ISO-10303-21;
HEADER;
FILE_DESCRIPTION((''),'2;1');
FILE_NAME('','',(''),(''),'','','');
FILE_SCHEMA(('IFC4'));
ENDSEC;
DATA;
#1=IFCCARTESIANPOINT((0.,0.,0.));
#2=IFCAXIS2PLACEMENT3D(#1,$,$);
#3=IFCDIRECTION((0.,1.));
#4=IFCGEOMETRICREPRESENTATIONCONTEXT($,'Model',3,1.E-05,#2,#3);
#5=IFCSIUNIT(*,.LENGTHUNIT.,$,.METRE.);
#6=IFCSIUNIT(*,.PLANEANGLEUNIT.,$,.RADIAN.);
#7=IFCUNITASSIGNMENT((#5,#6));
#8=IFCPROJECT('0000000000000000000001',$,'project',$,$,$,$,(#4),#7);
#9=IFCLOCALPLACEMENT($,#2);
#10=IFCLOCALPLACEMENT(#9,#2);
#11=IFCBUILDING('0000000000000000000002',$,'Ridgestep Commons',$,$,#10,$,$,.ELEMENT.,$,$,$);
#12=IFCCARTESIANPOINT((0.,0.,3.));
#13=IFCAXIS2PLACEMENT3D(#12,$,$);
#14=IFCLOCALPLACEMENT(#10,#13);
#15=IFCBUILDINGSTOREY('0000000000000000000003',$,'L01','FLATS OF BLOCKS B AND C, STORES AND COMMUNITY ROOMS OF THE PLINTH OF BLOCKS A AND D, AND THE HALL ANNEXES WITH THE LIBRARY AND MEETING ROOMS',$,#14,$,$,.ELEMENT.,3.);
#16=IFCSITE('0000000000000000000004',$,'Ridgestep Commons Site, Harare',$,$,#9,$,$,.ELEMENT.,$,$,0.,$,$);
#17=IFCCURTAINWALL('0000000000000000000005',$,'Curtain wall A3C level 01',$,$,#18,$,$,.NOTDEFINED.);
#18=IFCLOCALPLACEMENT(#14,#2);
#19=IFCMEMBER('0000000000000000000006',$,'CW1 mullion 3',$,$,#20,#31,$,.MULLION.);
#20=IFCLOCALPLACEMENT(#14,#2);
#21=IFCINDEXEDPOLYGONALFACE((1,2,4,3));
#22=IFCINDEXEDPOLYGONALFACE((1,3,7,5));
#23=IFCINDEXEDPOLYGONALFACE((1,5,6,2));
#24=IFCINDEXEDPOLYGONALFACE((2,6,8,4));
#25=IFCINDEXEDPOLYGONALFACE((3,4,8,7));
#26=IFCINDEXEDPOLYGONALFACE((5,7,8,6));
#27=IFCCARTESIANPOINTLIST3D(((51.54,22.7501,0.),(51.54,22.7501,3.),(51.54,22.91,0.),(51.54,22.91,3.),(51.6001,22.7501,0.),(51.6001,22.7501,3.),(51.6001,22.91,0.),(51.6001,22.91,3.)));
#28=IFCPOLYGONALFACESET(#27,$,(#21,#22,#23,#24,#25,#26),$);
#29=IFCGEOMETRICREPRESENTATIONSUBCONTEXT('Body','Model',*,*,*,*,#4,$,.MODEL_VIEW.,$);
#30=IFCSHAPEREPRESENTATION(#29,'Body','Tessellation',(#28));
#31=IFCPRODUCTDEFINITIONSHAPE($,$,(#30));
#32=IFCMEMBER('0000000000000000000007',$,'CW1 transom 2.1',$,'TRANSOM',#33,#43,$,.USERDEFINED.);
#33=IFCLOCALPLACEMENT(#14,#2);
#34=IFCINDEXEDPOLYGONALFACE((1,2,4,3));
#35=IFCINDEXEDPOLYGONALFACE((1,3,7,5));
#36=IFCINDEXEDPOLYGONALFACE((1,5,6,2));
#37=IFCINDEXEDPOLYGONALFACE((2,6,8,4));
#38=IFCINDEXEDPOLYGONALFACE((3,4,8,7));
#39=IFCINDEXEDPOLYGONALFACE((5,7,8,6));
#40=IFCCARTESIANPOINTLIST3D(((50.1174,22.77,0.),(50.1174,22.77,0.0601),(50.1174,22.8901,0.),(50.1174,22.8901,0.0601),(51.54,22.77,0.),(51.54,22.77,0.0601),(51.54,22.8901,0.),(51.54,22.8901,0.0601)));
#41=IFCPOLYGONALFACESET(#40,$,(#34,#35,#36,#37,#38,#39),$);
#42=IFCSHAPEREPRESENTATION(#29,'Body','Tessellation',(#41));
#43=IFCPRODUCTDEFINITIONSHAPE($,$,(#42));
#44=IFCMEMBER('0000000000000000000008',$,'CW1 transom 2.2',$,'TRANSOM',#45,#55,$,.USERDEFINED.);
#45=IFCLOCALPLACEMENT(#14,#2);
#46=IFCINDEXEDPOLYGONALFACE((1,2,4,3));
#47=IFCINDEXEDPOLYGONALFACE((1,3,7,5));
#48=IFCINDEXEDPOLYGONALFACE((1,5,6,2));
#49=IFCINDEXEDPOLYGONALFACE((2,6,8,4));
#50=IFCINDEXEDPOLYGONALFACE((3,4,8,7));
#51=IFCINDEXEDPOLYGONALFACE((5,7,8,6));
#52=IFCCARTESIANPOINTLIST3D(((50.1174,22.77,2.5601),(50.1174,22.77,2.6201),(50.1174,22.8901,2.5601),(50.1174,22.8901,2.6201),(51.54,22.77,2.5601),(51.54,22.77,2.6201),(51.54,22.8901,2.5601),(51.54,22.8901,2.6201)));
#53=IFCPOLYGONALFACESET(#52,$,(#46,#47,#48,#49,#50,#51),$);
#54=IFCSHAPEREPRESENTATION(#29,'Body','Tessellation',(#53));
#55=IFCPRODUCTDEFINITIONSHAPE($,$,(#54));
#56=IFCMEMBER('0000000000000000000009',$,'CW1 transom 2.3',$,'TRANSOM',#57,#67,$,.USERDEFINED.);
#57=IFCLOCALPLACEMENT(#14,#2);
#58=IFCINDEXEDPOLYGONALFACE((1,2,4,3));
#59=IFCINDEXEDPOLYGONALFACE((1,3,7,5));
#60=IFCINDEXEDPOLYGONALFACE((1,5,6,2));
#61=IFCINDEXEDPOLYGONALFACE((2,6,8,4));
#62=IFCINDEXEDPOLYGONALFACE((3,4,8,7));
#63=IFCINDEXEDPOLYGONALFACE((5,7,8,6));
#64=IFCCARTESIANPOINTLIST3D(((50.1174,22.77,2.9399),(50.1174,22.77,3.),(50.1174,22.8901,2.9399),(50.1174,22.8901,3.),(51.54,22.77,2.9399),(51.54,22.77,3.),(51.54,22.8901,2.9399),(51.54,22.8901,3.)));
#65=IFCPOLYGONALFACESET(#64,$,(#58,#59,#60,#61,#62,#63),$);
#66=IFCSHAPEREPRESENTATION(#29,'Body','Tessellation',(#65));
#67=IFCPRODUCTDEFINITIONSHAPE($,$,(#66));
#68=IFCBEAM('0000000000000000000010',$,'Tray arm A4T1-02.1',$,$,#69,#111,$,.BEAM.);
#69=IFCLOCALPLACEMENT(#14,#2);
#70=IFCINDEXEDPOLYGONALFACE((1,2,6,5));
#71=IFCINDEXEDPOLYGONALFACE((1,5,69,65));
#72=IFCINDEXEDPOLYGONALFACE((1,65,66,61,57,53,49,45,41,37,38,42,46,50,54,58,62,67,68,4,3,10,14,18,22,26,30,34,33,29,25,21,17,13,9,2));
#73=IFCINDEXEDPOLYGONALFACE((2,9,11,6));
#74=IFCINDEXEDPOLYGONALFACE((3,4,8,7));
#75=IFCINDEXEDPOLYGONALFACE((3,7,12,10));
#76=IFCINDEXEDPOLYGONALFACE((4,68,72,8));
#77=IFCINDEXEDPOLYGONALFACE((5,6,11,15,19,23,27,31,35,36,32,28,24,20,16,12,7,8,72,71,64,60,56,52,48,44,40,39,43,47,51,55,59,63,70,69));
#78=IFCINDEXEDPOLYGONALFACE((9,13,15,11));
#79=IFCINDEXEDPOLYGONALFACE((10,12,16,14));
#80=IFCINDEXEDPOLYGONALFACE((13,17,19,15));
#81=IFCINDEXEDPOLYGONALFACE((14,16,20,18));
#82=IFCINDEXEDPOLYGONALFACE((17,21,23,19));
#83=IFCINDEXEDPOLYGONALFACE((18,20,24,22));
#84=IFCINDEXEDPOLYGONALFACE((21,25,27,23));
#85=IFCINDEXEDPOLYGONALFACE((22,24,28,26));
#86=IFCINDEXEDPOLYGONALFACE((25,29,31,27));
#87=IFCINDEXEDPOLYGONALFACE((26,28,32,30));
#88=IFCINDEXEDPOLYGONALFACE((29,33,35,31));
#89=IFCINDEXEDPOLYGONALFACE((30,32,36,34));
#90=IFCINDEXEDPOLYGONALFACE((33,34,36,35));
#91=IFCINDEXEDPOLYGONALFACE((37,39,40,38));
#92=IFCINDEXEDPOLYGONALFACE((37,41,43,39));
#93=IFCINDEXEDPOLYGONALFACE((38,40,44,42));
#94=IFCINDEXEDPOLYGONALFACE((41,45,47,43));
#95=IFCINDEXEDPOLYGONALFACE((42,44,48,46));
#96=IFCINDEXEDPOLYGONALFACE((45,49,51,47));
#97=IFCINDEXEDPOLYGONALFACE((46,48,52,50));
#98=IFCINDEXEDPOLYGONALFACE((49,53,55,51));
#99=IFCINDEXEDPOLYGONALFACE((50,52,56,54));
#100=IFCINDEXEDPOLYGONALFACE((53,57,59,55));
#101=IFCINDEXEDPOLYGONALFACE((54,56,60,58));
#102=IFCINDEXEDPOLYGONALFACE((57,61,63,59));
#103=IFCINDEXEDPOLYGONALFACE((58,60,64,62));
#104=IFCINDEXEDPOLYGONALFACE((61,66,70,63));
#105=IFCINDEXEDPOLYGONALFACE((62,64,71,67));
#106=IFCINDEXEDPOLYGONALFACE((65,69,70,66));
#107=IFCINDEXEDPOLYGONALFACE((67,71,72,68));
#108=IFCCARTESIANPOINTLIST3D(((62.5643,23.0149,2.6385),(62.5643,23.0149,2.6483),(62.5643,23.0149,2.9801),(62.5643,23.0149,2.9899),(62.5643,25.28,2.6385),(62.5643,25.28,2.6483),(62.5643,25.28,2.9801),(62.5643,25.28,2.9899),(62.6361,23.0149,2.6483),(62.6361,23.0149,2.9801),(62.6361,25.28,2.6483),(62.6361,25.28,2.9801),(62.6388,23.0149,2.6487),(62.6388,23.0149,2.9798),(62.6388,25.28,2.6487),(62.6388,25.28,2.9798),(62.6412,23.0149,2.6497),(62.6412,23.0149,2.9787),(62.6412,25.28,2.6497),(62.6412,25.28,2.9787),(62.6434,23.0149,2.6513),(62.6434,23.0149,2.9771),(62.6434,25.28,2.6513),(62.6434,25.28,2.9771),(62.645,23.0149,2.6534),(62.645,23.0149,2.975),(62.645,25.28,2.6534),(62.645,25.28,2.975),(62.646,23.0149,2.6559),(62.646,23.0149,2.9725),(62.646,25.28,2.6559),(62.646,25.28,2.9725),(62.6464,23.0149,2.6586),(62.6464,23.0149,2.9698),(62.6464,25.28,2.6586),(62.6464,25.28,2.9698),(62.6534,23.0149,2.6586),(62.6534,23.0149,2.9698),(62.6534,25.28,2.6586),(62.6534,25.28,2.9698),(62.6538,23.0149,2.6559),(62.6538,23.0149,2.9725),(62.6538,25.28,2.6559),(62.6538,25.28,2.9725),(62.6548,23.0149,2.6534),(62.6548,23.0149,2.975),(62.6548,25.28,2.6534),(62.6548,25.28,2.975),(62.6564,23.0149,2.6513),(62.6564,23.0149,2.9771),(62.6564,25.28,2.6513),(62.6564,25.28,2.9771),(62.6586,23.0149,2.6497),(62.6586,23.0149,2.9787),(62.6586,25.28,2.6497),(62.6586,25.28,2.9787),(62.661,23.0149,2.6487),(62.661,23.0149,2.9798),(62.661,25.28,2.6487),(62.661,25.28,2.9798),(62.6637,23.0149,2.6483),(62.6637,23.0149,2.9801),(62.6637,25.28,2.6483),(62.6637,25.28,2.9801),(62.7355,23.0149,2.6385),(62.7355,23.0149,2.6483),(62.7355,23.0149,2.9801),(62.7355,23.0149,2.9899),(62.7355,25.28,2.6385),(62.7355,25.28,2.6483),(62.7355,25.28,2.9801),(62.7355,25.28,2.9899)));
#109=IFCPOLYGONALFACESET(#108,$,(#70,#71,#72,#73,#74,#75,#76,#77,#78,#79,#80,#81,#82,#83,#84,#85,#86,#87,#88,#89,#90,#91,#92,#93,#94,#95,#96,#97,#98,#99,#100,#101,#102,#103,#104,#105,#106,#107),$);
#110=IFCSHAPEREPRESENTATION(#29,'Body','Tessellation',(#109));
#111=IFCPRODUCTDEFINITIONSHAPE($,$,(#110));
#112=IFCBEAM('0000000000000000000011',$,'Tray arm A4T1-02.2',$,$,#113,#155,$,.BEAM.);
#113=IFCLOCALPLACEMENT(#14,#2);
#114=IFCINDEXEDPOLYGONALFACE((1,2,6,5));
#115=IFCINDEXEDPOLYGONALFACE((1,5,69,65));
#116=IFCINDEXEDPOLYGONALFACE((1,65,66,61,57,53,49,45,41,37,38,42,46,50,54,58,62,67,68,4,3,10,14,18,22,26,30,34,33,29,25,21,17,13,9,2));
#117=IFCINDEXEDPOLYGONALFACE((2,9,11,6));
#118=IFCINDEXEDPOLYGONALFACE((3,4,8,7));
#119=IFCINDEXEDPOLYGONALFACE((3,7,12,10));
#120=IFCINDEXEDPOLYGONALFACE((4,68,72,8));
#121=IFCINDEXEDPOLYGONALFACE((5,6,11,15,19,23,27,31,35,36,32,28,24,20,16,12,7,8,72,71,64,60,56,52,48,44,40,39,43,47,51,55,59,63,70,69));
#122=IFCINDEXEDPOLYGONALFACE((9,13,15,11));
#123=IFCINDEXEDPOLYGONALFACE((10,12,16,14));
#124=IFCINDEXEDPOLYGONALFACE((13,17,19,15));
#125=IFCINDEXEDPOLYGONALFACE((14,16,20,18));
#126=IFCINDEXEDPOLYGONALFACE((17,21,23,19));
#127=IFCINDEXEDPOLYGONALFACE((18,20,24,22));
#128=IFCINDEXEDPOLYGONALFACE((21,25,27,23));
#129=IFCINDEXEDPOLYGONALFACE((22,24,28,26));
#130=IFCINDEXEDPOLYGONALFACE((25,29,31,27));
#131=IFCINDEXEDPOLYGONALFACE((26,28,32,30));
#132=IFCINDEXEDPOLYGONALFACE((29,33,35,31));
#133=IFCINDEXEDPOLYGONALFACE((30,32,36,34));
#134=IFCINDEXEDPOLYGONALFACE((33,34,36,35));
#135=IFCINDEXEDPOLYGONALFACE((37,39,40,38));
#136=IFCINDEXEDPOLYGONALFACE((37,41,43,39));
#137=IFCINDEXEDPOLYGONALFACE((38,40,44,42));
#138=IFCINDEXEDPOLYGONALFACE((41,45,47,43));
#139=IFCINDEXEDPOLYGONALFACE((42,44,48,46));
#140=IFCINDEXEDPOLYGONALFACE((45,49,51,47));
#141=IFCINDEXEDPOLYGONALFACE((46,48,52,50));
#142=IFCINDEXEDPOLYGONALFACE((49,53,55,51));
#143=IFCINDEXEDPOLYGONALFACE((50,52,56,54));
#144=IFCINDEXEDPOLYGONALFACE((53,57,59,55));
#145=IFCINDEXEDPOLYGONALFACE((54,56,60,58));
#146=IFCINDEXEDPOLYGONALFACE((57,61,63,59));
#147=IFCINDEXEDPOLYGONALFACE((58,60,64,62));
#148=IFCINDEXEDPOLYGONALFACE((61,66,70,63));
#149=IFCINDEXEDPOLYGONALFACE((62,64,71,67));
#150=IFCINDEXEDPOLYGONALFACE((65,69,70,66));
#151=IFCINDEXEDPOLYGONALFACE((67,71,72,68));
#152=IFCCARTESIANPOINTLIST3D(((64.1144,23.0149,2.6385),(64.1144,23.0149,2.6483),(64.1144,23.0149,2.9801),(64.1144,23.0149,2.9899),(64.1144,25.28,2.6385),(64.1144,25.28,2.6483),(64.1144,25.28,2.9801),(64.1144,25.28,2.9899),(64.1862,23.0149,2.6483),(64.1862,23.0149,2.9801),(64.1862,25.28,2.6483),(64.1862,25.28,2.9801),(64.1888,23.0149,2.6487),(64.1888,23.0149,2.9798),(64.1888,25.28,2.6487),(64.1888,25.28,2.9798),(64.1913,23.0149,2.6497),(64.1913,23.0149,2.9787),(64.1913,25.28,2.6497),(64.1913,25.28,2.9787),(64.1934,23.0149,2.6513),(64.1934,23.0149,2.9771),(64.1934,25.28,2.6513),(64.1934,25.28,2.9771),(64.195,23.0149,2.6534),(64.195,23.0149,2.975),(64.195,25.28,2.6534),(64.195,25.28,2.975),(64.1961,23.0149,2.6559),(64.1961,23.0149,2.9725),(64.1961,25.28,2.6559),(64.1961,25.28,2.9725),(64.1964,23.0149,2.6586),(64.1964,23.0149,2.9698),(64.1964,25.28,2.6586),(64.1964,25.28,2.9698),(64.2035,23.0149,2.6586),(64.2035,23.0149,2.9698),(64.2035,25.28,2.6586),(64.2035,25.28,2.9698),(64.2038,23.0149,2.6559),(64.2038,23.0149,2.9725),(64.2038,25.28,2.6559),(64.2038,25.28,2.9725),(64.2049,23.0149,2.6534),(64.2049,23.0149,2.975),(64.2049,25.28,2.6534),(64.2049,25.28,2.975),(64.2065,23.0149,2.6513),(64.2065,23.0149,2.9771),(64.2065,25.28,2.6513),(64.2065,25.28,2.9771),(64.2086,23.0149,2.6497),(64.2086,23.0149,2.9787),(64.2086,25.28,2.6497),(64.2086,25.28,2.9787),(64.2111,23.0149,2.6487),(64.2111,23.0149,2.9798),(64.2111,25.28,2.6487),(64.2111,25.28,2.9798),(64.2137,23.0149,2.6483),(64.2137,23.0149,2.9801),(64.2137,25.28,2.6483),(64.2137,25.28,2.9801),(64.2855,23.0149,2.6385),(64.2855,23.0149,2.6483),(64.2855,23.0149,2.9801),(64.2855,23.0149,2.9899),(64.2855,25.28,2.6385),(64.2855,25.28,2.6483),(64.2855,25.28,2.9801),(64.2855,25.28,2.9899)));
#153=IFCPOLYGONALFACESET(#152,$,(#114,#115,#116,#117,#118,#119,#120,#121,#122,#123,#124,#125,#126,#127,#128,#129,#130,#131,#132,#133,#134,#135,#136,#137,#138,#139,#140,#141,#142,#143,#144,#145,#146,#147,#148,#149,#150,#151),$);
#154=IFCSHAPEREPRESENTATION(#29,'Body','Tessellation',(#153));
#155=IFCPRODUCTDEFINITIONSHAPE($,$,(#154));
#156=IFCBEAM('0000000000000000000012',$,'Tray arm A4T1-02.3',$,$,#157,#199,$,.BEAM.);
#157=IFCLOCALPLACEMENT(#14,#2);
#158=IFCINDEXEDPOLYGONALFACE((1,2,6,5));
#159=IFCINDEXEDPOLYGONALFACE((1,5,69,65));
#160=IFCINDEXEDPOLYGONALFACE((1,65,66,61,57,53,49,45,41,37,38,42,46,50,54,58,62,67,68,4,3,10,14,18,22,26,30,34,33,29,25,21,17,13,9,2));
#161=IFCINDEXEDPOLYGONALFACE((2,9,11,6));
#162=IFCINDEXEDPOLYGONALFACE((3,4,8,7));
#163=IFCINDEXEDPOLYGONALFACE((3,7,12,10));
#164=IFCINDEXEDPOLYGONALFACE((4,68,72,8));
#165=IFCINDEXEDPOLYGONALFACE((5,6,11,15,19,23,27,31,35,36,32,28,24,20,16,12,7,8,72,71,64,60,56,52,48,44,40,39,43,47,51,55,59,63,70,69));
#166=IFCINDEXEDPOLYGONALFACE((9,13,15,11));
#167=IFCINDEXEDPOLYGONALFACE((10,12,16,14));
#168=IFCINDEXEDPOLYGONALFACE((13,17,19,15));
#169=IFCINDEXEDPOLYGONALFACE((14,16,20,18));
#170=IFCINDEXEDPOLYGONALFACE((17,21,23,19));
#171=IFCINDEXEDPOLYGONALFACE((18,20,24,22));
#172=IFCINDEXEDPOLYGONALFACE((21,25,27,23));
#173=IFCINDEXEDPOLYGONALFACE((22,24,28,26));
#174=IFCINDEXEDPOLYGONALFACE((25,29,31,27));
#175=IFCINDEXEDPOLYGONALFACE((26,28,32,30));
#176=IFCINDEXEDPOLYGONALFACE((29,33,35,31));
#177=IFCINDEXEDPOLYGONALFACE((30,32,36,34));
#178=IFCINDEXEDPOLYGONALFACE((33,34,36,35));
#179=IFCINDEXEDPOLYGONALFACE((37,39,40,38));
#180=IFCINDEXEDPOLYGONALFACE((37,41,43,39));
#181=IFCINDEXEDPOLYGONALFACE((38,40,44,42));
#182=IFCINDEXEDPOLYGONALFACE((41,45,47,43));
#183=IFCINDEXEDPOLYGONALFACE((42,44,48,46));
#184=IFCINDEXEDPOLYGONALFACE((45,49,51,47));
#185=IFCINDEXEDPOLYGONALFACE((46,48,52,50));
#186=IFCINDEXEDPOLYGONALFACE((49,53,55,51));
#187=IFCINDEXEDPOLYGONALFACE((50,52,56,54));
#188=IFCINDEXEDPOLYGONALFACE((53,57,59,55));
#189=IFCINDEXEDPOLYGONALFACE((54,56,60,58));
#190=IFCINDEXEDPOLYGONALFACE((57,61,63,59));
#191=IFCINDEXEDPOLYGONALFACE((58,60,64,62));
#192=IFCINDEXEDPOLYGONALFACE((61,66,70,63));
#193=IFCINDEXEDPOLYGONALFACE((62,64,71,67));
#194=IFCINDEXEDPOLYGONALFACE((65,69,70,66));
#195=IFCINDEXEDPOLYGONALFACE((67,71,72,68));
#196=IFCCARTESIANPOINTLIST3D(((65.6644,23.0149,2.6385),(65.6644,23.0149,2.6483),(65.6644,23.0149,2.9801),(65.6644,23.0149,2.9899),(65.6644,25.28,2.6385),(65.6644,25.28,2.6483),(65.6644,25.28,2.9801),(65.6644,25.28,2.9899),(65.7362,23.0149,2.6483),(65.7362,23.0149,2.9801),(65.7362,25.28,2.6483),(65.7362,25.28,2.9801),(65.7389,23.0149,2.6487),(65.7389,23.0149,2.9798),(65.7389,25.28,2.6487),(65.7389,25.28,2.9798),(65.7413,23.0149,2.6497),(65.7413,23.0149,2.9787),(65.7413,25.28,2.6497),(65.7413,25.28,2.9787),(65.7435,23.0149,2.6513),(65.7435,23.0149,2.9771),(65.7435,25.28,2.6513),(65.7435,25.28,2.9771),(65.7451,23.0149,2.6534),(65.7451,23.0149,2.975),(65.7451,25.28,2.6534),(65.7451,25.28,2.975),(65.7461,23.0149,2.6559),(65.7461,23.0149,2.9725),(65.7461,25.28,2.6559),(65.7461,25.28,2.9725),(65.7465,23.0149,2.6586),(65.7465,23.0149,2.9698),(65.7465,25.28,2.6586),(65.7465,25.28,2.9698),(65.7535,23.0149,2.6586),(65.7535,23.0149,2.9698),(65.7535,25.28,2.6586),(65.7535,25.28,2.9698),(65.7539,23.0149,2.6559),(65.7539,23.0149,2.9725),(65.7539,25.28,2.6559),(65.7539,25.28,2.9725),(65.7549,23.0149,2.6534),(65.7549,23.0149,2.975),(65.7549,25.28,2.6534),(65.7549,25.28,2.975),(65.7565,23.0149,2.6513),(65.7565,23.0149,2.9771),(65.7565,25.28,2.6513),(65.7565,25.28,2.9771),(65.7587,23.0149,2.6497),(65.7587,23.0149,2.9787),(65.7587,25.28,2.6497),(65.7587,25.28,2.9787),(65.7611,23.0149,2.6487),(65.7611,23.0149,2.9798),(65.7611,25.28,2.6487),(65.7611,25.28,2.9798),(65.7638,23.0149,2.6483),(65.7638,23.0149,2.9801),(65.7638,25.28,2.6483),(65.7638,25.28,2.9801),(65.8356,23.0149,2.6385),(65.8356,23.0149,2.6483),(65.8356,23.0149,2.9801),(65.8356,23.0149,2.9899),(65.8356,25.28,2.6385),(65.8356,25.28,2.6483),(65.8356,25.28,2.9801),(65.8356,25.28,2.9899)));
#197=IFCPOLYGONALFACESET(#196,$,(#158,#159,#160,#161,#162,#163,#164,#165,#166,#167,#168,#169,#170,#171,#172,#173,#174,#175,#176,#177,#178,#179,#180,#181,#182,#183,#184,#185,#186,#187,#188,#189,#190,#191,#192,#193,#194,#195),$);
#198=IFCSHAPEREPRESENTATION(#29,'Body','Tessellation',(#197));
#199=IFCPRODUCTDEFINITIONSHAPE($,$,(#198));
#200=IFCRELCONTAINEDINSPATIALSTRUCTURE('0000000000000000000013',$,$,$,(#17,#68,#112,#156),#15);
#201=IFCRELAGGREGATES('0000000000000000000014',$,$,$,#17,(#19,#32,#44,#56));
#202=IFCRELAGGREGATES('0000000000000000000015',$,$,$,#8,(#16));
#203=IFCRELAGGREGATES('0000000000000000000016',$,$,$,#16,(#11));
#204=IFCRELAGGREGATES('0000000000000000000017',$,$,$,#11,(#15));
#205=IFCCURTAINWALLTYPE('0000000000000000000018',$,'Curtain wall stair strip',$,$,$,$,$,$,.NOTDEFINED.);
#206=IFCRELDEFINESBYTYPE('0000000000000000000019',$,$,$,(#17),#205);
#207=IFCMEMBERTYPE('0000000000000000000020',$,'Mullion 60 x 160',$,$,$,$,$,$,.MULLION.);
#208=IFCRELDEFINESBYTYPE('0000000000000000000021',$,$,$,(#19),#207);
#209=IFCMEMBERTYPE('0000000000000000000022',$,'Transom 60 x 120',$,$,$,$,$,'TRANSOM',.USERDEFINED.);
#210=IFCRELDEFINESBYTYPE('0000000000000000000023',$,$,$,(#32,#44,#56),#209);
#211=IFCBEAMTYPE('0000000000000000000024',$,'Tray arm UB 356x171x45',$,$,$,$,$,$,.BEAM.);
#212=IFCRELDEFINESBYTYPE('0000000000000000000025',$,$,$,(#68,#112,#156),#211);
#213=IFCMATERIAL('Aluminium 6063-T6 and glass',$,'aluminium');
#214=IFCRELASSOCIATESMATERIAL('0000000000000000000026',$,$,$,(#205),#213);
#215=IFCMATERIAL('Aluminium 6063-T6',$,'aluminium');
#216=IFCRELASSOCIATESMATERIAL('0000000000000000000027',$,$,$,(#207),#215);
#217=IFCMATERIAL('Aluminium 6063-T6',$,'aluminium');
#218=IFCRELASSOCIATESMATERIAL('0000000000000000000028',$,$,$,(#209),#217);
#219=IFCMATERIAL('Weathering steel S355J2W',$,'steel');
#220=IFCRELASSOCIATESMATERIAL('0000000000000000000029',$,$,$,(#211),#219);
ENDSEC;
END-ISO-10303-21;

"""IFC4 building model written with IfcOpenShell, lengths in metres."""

from ifc_helpers import new_model, si_unit, direction, frame, origin, origin_2d, place, context, subcontext, project, spatial, rectangle, i_section, extrude, material, material_profile, profile_set, type_object, element, aggregate, save


model = new_model("IFC4")

# Units and contexts
model_context = context("Model", 3, precision=1e-05, world=origin(), true_north=direction((0.0, 1.0)))
body_context = subcontext(model_context, "Body", "Model", "MODEL_VIEW")
ifc_project = project(units=[si_unit("LENGTHUNIT", "METRE"), si_unit("PLANEANGLEUNIT", "RADIAN")], contexts=[model_context])

# Site, building, storey
site_placement = place(None, origin())
site = spatial("IfcSite", under=ifc_project, at=site_placement, Name="Ridgestep Commons Site, Harare", CompositionType="ELEMENT", RefElevation=0.0)
building_placement = place(site_placement, origin())
building = spatial("IfcBuilding", under=site, at=building_placement, Name="Ridgestep Commons", CompositionType="ELEMENT")
storey_placement = place(building_placement, frame((0.0, 0.0, 3.0)))
storey = spatial("IfcBuildingStorey", under=building, at=storey_placement, Name="L01", Description="FLATS OF BLOCKS B AND C, STORES AND COMMUNITY ROOMS OF THE PLINTH OF BLOCKS A AND D, AND THE HALL ANNEXES WITH THE LIBRARY AND MEETING ROOMS", CompositionType="ELEMENT", Elevation=3.0)

# Curtain wall, members
ifc_material_1 = material(Name="Aluminium 6063-T6 and glass", Category="aluminium")
curtain_wall_type = type_object("IfcCurtainWallType", Name="Curtain wall stair strip", PredefinedType="NOTDEFINED", material=ifc_material_1)
curtain_wall_placement = place(storey_placement, origin())
curtain_wall = element("IfcCurtainWall", 1, at=curtain_wall_placement, inside=storey, type_object=curtain_wall_type, Name="Curtain wall A3C level 01", PredefinedType="NOTDEFINED")
ifc_material_2 = material(Name="Aluminium 6063-T6", Category="aluminium")
ifc_material_profile_1 = material_profile(ifc_material_2, rectangle(XDim=0.1599, YDim=0.0601, at=origin_2d()), Name="Mullion 60 x 160")
ifc_profile_set_1 = profile_set([ifc_material_profile_1], Name="Aluminium 6063-T6")
member_type_1 = type_object("IfcMemberType", Name="Mullion 60 x 160", PredefinedType="MULLION", material=ifc_profile_set_1)
member_1_placement = place(storey_placement, frame((51.5701, 22.8301, 0.0), z_axis=(0.0, 0.0, 1.0), x_axis=(0.0, 1.0, 0.0)))
member_1 = element("IfcMember", 2, at=member_1_placement, type_object=member_type_1, Name="CW1 mullion 3", PredefinedType="MULLION", context=body_context, shape_type="SweptSolid", body=[
    extrude(rectangle(XDim=0.1599, YDim=0.0601, at=origin_2d()), origin(), (0.0, 0.0, 1.0), 3.0),
])
ifc_material_3 = material(Name="Aluminium 6063-T6", Category="aluminium")
ifc_material_profile_2 = material_profile(ifc_material_3, rectangle(XDim=0.1201, YDim=0.0601, at=origin_2d()), Name="Transom 60 x 120")
ifc_profile_set_2 = profile_set([ifc_material_profile_2], Name="Aluminium 6063-T6")
member_type_2 = type_object("IfcMemberType", Name="Transom 60 x 120", ElementType="TRANSOM", PredefinedType="USERDEFINED", material=ifc_profile_set_2)
member_2_placement = place(storey_placement, frame((50.1174, 22.8301, 0.03), z_axis=(1.0, 0.0, 0.0), x_axis=(0.0, 1.0, 0.0)))
member_2 = element("IfcMember", 3, at=member_2_placement, type_object=member_type_2, Name="CW1 transom 2.1", ObjectType="TRANSOM", PredefinedType="USERDEFINED", context=body_context, shape_type="SweptSolid", body=[
    extrude(rectangle(XDim=0.1201, YDim=0.0601, at=origin_2d()), origin(), (0.0, 0.0, 1.0), 1.4226),
])
member_3_placement = place(storey_placement, frame((50.1174, 22.8301, 2.5901), z_axis=(1.0, 0.0, 0.0), x_axis=(0.0, 1.0, 0.0)))
member_3 = element("IfcMember", 4, at=member_3_placement, type_object=member_type_2, Name="CW1 transom 2.2", ObjectType="TRANSOM", PredefinedType="USERDEFINED", context=body_context, shape_type="SweptSolid", body=[
    extrude(rectangle(XDim=0.1201, YDim=0.0601, at=origin_2d()), origin(), (0.0, 0.0, 1.0), 1.4226),
])
member_4_placement = place(storey_placement, frame((50.1174, 22.8301, 2.97), z_axis=(1.0, 0.0, 0.0), x_axis=(0.0, 1.0, 0.0)))
member_4 = element("IfcMember", 5, at=member_4_placement, type_object=member_type_2, Name="CW1 transom 2.3", ObjectType="TRANSOM", PredefinedType="USERDEFINED", context=body_context, shape_type="SweptSolid", body=[
    extrude(rectangle(XDim=0.1201, YDim=0.0601, at=origin_2d()), origin(), (0.0, 0.0, 1.0), 1.4226),
])

# Beams
ifc_material_4 = material(Name="Weathering steel S355J2W", Category="steel")
ifc_material_profile_3 = material_profile(ifc_material_4, i_section(OverallWidth=0.1711, OverallDepth=0.3513, WebThickness=0.0071, FlangeThickness=0.0098, FilletRadius=0.0103, at=origin_2d()), Name="UB 356x171x45")
ifc_profile_set_3 = profile_set([ifc_material_profile_3], Name="Weathering steel S355J2W")
beam_type_1 = type_object("IfcBeamType", Name="Tray arm UB 356x171x45", PredefinedType="BEAM", material=ifc_profile_set_3)
for number, where, z_axis, x_axis, name in (
    (6, (62.6499, 23.0149, 2.8142), (0.0, 1.0, 0.0), (-1.0, 0.0, 0.0), "Tray arm A4T1-02.1"),
    (7, (64.2, 23.0149, 2.8142), (0.0, 1.0, 0.0), (-1.0, 0.0, 0.0), "Tray arm A4T1-02.2"),
    (8, (65.75, 23.0149, 2.8142), (0.0, 1.0, 0.0), (-1.0, 0.0, 0.0), "Tray arm A4T1-02.3"),
):
    element("IfcBeam", number, at=place(storey_placement, frame(where, z_axis=z_axis, x_axis=x_axis)), inside=storey, type_object=beam_type_1, Name=name, PredefinedType="BEAM", context=body_context, shape_type="SweptSolid", body=[
        extrude(i_section(OverallWidth=0.1711, OverallDepth=0.3513, WebThickness=0.0071, FlangeThickness=0.0098, FilletRadius=0.0103, at=origin_2d()), origin(), (0.0, 0.0, 1.0), 2.2651),
    ])

aggregate(curtain_wall, [member_1, member_2, member_3, member_4])

save(model, "model.ifc")
